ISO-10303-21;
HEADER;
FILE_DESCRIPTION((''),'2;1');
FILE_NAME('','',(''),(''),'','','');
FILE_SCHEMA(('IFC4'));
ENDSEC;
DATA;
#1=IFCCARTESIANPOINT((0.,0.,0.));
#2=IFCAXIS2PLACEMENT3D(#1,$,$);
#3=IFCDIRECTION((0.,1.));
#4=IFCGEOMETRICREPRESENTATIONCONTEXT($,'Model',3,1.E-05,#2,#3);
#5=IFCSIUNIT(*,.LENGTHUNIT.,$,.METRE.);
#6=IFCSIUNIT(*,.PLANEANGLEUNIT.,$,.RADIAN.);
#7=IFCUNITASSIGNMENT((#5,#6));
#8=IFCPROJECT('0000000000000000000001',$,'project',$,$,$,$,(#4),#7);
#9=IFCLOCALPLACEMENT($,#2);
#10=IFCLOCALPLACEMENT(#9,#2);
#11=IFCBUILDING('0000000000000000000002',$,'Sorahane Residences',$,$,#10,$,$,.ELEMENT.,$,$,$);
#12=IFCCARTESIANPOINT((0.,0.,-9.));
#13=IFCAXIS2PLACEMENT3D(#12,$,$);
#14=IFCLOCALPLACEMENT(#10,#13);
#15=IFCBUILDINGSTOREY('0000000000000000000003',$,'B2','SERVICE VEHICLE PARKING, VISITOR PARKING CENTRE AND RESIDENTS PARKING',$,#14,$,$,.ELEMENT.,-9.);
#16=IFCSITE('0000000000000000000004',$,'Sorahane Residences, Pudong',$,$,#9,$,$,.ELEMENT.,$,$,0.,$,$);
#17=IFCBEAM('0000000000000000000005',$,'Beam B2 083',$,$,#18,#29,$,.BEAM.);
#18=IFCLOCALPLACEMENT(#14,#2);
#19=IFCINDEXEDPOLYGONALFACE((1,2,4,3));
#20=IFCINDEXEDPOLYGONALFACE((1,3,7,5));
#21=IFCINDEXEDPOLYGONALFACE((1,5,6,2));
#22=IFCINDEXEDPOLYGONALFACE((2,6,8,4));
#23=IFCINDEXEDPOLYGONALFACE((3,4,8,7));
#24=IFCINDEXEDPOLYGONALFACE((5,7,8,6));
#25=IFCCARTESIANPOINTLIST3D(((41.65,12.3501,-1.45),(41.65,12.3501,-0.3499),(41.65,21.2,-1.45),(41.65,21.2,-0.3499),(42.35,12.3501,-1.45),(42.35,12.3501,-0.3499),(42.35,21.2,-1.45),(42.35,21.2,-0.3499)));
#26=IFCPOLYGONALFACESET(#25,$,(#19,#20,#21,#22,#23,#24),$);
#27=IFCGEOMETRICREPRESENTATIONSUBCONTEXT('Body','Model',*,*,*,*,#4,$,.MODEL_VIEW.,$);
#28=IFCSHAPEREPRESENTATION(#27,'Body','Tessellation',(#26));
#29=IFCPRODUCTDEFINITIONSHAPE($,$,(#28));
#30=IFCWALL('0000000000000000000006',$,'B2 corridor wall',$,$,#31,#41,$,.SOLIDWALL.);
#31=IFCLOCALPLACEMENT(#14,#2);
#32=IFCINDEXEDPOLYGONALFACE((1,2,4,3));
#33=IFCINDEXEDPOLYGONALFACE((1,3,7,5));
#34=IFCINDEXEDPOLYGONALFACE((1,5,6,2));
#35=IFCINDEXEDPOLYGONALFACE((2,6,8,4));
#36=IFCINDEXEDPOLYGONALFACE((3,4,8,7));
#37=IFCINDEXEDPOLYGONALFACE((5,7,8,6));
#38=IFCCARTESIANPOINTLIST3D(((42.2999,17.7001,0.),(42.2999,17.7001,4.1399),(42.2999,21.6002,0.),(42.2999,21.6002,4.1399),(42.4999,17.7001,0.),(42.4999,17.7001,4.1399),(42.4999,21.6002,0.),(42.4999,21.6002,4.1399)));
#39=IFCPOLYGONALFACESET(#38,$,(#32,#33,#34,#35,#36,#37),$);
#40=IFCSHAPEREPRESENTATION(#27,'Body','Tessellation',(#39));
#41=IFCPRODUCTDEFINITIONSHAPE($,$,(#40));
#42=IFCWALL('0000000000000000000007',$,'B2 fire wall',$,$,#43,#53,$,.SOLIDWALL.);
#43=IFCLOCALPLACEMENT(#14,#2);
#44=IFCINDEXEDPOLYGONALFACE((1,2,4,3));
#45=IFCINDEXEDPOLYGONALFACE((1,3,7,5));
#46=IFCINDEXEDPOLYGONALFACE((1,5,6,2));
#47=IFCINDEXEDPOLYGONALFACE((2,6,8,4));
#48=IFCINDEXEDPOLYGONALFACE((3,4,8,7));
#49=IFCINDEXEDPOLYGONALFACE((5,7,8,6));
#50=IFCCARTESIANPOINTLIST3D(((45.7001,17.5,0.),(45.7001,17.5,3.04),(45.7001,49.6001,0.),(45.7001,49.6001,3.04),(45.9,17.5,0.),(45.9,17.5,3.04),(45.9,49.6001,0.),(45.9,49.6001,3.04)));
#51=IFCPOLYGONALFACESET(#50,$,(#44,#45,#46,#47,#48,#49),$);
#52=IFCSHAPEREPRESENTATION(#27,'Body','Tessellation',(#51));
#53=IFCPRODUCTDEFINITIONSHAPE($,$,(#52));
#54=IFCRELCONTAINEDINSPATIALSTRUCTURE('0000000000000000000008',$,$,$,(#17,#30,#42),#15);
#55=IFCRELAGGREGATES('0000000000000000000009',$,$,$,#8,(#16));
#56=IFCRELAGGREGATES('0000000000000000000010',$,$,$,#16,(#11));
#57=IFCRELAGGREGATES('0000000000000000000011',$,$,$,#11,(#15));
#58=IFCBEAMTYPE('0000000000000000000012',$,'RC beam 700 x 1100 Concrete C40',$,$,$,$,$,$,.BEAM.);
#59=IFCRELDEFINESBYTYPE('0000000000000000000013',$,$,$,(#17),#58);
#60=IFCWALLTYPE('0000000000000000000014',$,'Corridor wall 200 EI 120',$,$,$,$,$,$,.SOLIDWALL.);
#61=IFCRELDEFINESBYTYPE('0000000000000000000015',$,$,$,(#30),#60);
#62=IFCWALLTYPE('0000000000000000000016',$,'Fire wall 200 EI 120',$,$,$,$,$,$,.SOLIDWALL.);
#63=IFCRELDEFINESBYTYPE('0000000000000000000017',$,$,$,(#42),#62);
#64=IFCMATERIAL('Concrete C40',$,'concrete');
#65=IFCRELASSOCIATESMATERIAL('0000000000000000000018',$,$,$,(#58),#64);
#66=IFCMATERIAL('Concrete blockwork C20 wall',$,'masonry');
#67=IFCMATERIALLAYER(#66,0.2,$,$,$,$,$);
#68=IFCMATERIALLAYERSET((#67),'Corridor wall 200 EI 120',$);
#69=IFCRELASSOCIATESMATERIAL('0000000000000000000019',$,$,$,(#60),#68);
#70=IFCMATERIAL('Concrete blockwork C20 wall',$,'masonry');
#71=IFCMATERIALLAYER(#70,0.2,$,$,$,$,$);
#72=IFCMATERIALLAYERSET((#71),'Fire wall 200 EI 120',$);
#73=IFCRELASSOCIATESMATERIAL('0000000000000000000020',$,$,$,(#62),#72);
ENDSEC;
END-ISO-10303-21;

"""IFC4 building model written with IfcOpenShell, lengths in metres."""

from ifc_helpers import new_model, si_unit, direction, frame, frame_2d, origin, origin_2d, place, context, subcontext, project, spatial, rectangle, extrude, material, layer, layer_set, material_profile, profile_set, type_object, element, save


model = new_model("IFC4")

# Units and contexts
model_context = context("Model", 3, precision=1e-05, world=origin(), true_north=direction((0.0, 1.0)))
body_context = subcontext(model_context, "Body", "Model", "MODEL_VIEW")
ifc_project = project(units=[si_unit("LENGTHUNIT", "METRE"), si_unit("PLANEANGLEUNIT", "RADIAN")], contexts=[model_context])

# Site, building, storey
site_placement = place(None, origin())
site = spatial("IfcSite", under=ifc_project, at=site_placement, Name="Sorahane Residences, Pudong", CompositionType="ELEMENT", RefElevation=0.0)
building_placement = place(site_placement, origin())
building = spatial("IfcBuilding", under=site, at=building_placement, Name="Sorahane Residences", CompositionType="ELEMENT")
storey_placement = place(building_placement, frame((0.0, 0.0, -9.0)))
storey = spatial("IfcBuildingStorey", under=building, at=storey_placement, Name="B2", Description="SERVICE VEHICLE PARKING, VISITOR PARKING CENTRE AND RESIDENTS PARKING", CompositionType="ELEMENT", Elevation=-9.0)

# Beam
ifc_material_1 = material(Name="Concrete C40", Category="concrete")
ifc_material_profile_1 = material_profile(ifc_material_1, rectangle(XDim=0.7, YDim=1.1001, at=origin_2d()), Name="700x1100")
ifc_profile_set_1 = profile_set([ifc_material_profile_1], Name="Concrete C40")
beam_type = type_object("IfcBeamType", Name="RC beam 700 x 1100 Concrete C40", PredefinedType="BEAM", material=ifc_profile_set_1)
beam_1_placement = place(storey_placement, frame((42.0, 12.3501, -0.8999), z_axis=(0.0, 1.0, 0.0), x_axis=(-1.0, 0.0, 0.0)))
element("IfcBeam", 1, at=beam_1_placement, inside=storey, type_object=beam_type, Name="Beam B2 083", PredefinedType="BEAM", context=body_context, shape_type="SweptSolid", body=[
    extrude(rectangle(XDim=0.7, YDim=1.1001, at=origin_2d()), origin(), (0.0, 0.0, 1.0), 8.8499),
])

# Walls
ifc_material_2 = material(Name="Concrete blockwork C20 wall", Category="masonry")
ifc_layer_1 = layer(ifc_material_2, 0.2)
ifc_layer_set_1 = layer_set([ifc_layer_1], Name="Corridor wall 200 EI 120")
wall_type_1 = type_object("IfcWallType", Name="Corridor wall 200 EI 120", PredefinedType="SOLIDWALL", material=ifc_layer_set_1)
wall_1_placement = place(storey_placement, frame((42.3999, 17.7, 0.0), z_axis=(0.0, 0.0, 1.0), x_axis=(0.0, 1.0, 0.0)))
element("IfcWall", 2, at=wall_1_placement, inside=storey, type_object=wall_type_1, Name="B2 corridor wall", PredefinedType="SOLIDWALL", context=body_context, shape_type="SweptSolid", body=[
    extrude(rectangle(XDim=3.9001, YDim=0.2, at=frame_2d((1.9502, 0.0))), origin(), (0.0, 0.0, 1.0), 4.1399),
])
ifc_material_3 = material(Name="Concrete blockwork C20 wall", Category="masonry")
ifc_layer_2 = layer(ifc_material_3, 0.2)
ifc_layer_set_2 = layer_set([ifc_layer_2], Name="Fire wall 200 EI 120")
wall_type_2 = type_object("IfcWallType", Name="Fire wall 200 EI 120", PredefinedType="SOLIDWALL", material=ifc_layer_set_2)
wall_2_placement = place(storey_placement, frame((45.8, 17.5, 0.0), z_axis=(0.0, 0.0, 1.0), x_axis=(0.0, 1.0, 0.0)))
element("IfcWall", 3, at=wall_2_placement, inside=storey, type_object=wall_type_2, Name="B2 fire wall", PredefinedType="SOLIDWALL", context=body_context, shape_type="SweptSolid", body=[
    extrude(rectangle(XDim=32.1001, YDim=0.2, at=frame_2d((16.05, 0.0))), origin(), (0.0, 0.0, 1.0), 3.04),
])

save(model, "model.ifc")
